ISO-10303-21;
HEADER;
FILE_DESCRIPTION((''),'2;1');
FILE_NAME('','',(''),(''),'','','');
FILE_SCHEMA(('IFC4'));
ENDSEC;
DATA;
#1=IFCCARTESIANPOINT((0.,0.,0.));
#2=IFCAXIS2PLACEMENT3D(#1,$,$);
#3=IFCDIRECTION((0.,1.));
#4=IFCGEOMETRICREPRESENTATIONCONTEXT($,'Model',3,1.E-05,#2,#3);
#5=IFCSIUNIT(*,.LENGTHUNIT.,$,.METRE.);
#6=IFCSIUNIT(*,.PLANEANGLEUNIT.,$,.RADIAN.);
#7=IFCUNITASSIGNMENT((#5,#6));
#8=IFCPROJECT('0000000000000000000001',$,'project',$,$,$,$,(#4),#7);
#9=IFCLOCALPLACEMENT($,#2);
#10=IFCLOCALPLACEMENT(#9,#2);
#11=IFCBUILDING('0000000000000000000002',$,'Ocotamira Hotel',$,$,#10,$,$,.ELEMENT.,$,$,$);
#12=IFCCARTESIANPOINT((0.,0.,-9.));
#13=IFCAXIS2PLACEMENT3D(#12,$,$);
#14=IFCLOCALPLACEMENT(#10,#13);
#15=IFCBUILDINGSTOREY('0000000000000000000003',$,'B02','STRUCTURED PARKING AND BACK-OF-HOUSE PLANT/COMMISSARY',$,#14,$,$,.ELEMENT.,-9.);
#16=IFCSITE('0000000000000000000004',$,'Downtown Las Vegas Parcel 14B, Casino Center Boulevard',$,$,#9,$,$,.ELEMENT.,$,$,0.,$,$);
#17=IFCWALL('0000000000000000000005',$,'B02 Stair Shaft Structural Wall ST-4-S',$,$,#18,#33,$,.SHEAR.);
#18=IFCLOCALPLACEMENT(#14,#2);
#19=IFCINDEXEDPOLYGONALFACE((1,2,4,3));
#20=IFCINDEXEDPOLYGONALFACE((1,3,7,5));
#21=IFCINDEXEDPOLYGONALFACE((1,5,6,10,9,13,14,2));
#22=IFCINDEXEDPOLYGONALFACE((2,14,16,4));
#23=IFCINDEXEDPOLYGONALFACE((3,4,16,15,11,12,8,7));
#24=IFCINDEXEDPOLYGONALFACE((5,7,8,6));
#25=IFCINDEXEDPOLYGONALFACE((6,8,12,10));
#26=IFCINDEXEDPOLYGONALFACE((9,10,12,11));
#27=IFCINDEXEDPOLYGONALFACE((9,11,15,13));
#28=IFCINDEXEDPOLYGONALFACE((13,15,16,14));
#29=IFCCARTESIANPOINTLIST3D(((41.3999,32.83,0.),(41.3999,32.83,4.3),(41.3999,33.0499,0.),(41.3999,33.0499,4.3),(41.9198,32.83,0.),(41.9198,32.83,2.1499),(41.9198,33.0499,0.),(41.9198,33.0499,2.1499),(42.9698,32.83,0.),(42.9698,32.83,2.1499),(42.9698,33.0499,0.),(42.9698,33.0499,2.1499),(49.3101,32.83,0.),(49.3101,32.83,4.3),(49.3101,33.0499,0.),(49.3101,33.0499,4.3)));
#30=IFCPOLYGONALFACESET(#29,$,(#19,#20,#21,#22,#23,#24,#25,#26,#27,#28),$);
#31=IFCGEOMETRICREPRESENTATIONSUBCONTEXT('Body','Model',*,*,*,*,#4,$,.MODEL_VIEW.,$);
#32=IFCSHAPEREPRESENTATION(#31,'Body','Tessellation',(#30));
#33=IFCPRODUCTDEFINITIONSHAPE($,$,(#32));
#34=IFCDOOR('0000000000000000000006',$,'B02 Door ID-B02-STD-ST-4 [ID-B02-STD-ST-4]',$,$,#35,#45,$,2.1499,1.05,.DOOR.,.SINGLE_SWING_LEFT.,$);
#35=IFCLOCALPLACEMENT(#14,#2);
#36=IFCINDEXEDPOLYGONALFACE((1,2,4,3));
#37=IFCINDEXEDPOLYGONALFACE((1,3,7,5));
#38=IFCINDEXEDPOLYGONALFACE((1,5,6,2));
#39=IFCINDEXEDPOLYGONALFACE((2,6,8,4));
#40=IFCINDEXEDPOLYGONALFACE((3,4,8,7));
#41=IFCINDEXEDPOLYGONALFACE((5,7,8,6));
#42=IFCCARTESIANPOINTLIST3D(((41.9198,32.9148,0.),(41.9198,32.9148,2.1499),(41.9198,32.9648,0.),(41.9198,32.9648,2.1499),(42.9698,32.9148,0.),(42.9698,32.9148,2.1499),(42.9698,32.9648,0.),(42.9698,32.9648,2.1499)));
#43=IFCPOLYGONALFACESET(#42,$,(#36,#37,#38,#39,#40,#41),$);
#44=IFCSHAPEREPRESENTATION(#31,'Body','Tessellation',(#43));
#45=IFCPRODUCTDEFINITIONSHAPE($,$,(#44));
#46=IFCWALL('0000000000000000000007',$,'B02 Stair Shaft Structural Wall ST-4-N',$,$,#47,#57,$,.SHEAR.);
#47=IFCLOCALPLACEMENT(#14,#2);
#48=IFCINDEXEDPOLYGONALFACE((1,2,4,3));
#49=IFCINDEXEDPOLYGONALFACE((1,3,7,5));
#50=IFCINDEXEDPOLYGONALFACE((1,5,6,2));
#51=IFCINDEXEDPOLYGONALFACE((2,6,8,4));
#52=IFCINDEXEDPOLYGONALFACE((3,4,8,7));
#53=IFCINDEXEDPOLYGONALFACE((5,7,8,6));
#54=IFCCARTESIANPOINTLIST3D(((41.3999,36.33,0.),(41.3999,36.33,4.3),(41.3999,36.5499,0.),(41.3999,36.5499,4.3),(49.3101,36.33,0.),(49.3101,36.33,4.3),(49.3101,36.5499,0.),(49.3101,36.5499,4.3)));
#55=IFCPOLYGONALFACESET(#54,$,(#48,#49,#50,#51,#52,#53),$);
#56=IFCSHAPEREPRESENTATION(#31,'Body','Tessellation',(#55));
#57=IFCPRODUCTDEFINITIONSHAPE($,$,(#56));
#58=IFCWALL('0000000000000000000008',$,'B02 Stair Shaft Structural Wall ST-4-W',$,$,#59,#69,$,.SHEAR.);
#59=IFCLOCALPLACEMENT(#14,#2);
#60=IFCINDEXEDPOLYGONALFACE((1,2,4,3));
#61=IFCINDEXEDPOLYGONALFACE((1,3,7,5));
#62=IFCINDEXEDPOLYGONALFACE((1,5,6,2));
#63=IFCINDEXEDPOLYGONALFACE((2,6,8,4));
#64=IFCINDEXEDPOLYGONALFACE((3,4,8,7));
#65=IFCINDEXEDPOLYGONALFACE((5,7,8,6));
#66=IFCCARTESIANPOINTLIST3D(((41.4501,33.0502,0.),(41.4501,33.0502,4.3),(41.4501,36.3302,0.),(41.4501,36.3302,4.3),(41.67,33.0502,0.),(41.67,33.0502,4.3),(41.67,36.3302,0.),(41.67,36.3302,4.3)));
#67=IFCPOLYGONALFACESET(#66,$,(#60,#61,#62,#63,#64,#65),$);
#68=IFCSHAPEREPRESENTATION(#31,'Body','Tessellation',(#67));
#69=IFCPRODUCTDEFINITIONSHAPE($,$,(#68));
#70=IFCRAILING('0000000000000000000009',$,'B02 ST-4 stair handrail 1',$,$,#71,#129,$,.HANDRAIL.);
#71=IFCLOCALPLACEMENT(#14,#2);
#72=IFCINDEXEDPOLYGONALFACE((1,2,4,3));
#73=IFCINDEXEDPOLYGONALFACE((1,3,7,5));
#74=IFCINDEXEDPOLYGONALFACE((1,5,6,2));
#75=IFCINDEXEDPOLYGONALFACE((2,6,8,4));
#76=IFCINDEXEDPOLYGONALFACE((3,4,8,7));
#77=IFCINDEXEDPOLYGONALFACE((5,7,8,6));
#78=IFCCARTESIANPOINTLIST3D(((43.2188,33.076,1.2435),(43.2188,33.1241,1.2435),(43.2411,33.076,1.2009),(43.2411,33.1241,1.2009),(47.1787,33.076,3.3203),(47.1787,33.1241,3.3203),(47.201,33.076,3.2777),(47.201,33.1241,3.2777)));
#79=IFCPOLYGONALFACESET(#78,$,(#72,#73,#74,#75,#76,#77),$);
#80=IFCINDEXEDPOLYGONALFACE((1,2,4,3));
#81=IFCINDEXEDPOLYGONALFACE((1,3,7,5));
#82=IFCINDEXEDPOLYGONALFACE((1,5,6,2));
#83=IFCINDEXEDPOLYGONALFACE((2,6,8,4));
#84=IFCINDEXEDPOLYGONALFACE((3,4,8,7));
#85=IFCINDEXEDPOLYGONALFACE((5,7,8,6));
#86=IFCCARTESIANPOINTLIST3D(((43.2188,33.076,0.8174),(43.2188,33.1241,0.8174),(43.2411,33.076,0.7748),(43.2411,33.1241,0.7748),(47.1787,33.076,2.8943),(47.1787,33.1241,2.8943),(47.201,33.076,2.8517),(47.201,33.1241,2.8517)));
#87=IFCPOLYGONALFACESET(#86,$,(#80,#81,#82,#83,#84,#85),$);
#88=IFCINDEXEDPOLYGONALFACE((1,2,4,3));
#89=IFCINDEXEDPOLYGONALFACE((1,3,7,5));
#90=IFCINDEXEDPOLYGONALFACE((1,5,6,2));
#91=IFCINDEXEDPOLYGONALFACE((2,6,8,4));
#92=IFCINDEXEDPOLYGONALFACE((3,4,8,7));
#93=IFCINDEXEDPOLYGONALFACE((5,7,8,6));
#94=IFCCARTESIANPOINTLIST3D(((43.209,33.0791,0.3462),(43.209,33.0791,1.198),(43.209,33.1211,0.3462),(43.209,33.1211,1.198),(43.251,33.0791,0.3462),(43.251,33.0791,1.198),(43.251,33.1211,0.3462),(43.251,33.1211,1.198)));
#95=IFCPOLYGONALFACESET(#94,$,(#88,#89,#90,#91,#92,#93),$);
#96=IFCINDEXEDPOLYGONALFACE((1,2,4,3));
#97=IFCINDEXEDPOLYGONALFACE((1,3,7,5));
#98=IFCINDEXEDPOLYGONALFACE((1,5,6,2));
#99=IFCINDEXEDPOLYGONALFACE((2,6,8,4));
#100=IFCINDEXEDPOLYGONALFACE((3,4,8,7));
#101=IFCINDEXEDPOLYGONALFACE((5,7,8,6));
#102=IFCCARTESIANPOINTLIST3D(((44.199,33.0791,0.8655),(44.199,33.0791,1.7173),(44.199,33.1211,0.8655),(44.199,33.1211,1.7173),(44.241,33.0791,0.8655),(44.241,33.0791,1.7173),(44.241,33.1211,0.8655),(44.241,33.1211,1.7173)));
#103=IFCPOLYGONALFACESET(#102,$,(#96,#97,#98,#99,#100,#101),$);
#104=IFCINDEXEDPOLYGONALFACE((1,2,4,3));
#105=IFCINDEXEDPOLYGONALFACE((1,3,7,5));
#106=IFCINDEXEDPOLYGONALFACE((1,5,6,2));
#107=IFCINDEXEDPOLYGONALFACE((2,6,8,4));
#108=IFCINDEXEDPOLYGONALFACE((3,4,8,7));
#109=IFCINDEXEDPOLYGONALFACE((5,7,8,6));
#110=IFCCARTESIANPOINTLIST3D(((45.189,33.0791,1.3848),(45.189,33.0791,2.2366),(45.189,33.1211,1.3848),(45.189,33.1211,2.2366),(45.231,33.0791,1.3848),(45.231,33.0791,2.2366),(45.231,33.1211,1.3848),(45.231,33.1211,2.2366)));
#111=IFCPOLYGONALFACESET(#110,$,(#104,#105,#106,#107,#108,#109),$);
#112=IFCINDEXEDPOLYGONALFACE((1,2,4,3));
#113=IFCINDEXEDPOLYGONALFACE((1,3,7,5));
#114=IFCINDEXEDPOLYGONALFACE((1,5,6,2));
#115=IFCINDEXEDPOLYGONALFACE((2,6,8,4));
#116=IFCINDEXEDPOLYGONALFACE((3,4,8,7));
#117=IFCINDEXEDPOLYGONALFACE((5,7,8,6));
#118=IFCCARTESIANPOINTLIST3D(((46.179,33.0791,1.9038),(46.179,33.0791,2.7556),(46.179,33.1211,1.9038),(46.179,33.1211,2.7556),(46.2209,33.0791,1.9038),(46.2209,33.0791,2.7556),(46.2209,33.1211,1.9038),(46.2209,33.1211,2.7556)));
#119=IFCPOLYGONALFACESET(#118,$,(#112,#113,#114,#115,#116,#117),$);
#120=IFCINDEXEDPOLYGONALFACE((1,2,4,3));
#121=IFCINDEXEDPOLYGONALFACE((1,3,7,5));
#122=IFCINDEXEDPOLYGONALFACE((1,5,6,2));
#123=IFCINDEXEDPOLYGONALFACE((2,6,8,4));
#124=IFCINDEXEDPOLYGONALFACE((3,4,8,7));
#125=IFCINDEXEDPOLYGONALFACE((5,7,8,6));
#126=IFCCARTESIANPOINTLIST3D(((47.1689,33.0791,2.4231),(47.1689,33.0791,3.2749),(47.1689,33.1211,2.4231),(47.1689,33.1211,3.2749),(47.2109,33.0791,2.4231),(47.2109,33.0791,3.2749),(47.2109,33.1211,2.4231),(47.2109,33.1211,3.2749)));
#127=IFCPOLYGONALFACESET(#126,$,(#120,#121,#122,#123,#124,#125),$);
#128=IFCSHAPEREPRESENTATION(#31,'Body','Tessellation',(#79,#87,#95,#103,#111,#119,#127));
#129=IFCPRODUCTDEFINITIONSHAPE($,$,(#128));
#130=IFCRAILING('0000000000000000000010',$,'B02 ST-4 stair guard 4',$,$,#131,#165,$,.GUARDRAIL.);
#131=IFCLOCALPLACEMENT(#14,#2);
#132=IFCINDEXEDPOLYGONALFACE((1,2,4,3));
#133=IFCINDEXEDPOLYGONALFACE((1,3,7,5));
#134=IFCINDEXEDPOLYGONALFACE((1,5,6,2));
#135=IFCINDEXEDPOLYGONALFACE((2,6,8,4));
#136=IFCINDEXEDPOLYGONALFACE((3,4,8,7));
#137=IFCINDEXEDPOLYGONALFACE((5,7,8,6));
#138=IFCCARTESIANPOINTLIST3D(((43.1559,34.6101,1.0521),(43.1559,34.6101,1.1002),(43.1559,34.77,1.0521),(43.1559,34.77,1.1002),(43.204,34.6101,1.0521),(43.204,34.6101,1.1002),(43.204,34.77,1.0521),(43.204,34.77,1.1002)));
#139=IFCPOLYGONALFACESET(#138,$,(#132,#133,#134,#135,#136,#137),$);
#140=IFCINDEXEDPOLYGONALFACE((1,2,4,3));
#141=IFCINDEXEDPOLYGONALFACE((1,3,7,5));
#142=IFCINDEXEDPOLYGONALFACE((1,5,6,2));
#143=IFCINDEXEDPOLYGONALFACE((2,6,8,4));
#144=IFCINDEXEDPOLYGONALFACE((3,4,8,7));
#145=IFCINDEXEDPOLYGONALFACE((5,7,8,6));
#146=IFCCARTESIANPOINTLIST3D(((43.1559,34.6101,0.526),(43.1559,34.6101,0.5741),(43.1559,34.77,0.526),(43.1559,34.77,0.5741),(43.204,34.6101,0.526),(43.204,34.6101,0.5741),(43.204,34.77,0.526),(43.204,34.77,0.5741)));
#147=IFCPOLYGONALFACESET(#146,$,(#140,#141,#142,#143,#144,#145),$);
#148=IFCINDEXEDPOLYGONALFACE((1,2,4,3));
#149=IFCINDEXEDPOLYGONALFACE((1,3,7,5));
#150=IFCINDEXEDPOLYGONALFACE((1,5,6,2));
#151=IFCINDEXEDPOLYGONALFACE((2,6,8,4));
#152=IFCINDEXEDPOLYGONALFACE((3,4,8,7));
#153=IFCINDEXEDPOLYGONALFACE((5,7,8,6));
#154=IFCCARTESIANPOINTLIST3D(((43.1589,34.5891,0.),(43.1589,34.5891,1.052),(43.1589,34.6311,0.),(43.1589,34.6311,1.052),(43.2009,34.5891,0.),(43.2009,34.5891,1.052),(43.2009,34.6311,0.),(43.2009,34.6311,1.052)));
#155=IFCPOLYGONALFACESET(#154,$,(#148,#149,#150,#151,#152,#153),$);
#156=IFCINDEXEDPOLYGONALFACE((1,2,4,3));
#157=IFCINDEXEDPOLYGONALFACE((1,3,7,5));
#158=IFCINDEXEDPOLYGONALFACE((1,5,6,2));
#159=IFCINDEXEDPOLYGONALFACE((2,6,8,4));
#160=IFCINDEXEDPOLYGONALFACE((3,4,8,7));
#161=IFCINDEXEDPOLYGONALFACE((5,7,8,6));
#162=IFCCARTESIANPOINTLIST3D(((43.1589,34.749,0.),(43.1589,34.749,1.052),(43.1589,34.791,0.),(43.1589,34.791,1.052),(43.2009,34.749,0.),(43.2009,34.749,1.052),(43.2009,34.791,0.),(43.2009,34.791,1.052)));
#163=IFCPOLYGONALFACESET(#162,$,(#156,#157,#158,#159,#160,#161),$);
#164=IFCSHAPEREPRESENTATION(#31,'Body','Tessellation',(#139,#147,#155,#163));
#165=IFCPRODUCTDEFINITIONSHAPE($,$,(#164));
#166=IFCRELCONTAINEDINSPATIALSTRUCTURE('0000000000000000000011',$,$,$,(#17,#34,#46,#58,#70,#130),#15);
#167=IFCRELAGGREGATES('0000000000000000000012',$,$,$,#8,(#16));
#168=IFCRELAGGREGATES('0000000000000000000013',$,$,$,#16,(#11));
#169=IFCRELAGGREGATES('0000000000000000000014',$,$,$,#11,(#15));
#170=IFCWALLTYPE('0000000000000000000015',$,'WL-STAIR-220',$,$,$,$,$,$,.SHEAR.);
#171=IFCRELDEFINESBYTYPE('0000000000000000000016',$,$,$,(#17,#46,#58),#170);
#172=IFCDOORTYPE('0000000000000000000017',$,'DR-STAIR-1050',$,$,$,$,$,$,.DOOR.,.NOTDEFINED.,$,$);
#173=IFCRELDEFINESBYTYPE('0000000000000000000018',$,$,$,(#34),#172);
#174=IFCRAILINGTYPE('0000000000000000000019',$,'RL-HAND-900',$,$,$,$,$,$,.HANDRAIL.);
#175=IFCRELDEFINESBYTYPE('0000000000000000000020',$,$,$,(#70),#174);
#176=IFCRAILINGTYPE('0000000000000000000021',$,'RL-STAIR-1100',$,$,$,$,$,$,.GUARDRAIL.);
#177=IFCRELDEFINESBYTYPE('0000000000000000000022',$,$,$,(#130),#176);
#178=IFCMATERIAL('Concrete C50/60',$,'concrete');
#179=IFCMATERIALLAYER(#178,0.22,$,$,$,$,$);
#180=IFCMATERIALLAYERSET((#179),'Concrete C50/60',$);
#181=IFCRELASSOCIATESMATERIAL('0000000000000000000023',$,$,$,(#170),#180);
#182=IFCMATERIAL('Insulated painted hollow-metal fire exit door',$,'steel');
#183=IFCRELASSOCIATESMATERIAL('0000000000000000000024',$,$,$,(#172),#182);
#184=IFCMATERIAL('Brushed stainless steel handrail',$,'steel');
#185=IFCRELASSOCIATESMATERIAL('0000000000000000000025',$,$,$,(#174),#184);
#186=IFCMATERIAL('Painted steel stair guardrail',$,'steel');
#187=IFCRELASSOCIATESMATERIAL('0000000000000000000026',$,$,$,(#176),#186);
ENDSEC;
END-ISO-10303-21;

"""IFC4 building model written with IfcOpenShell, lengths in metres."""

from ifc_helpers import new_model, si_unit, direction, frame, frame_2d, origin, origin_2d, place, context, subcontext, project, spatial, rectangle, extrude, source, transform, mapped, material, layer, layer_set, type_object, element, fill, save


model = new_model("IFC4")

# Units and contexts
model_context = context("Model", 3, precision=1e-05, world=origin(), true_north=direction((0.0, 1.0)))
body_context = subcontext(model_context, "Body", "Model", "MODEL_VIEW")
ifc_project = project(units=[si_unit("LENGTHUNIT", "METRE"), si_unit("PLANEANGLEUNIT", "RADIAN")], contexts=[model_context])

# Site, building, storey
site_placement = place(None, origin())
site = spatial("IfcSite", under=ifc_project, at=site_placement, Name="Downtown Las Vegas Parcel 14B, Casino Center Boulevard", CompositionType="ELEMENT", RefElevation=0.0)
building_placement = place(site_placement, origin())
building = spatial("IfcBuilding", under=site, at=building_placement, Name="Ocotamira Hotel", CompositionType="ELEMENT")
storey_placement = place(building_placement, frame((0.0, 0.0, -9.0)))
storey = spatial("IfcBuildingStorey", under=building, at=storey_placement, Name="B02", Description="STRUCTURED PARKING AND BACK-OF-HOUSE PLANT/COMMISSARY", CompositionType="ELEMENT", Elevation=-9.0)

# Shared definitions
ifc_material_1 = material(Name="Concrete C50/60", Category="concrete")

# Wall, opening, door
ifc_layer_1 = layer(ifc_material_1, 0.22)
ifc_layer_set_1 = layer_set([ifc_layer_1], Name="Concrete C50/60")
wall_type_1 = type_object("IfcWallType", Name="WL-STAIR-220", PredefinedType="SHEAR", material=ifc_layer_set_1)
wall_1_placement = place(storey_placement, frame((41.3999, 32.9399, 0.0), z_axis=(0.0, 0.0, 1.0), x_axis=(1.0, 0.0, 0.0)))
wall_1 = element("IfcWall", 1, at=wall_1_placement, inside=storey, type_object=wall_type_1, Name="B02 Stair Shaft Structural Wall ST-4-S", PredefinedType="SHEAR", context=body_context, shape_type="SweptSolid", body=[
    extrude(rectangle(XDim=7.9102, YDim=0.22, at=frame_2d((3.9551, 0.0))), origin(), (0.0, 0.0, 1.0), 4.3),
])
opening_1_placement = place(wall_1_placement, frame((0.52, 0.0, 0.0)))
opening_1 = element("IfcOpeningElement", 2, at=opening_1_placement, cuts=wall_1, PredefinedType="OPENING", context=body_context, shape_type="SweptSolid", body=[
    extrude(rectangle(XDim=1.05, YDim=2.1499, at=frame_2d((0.5249, 1.075))), frame((0.0, 0.1201, 0.0), z_axis=(0.0, -1.0, 0.0), x_axis=(1.0, 0.0, 0.0)), (0.0, 0.0, 1.0), 0.24),
])
ifc_material_2 = material(Name="Insulated painted hollow-metal fire exit door", Category="steel")
door_type_1 = type_object("IfcDoorType", Name="DR-STAIR-1050", OperationType="NOTDEFINED", PredefinedType="DOOR", material=ifc_material_2)
shared_shape_1 = source(origin(), body_context, "Body", "SweptSolid", [
    extrude(rectangle(XDim=1.05, YDim=2.1499, at=frame_2d((0.5249, 1.075))), frame((0.0, 0.0249, 0.0), z_axis=(0.0, -1.0, 0.0), x_axis=(1.0, 0.0, 0.0)), (0.0, 0.0, 1.0), 0.05),
])
door_1_placement = place(opening_1_placement, origin())
door_1 = element("IfcDoor", 3, at=door_1_placement, inside=storey, type_object=door_type_1, Name="B02 Door ID-B02-STD-ST-4 [ID-B02-STD-ST-4]", OperationType="SINGLE_SWING_LEFT", OverallHeight=2.1499, OverallWidth=1.05, PredefinedType="DOOR", context=body_context, shape_type="MappedRepresentation", body=[
    mapped(shared_shape_1, transform((0.0, 0.0, 0.0), scale=1.0)),
])
fill(opening_1, door_1)

# Walls
wall_2_placement = place(storey_placement, frame((41.3999, 36.4399, 0.0), z_axis=(0.0, 0.0, 1.0), x_axis=(1.0, 0.0, 0.0)))
element("IfcWall", 4, at=wall_2_placement, inside=storey, type_object=wall_type_1, Name="B02 Stair Shaft Structural Wall ST-4-N", PredefinedType="SHEAR", context=body_context, shape_type="SweptSolid", body=[
    extrude(rectangle(XDim=7.9102, YDim=0.22, at=frame_2d((3.9551, 0.0))), origin(), (0.0, 0.0, 1.0), 4.3),
])
wall_3_placement = place(storey_placement, frame((41.5601, 33.05, 0.0), z_axis=(0.0, 0.0, 1.0), x_axis=(0.0, 1.0, 0.0)))
element("IfcWall", 5, at=wall_3_placement, inside=storey, type_object=wall_type_1, Name="B02 Stair Shaft Structural Wall ST-4-W", PredefinedType="SHEAR", context=body_context, shape_type="SweptSolid", body=[
    extrude(rectangle(XDim=3.28, YDim=0.22, at=frame_2d((1.6401, 0.0))), origin(), (0.0, 0.0, 1.0), 4.3),
])

# Railings
ifc_material_3 = material(Name="Brushed stainless steel handrail", Category="steel")
railing_type_1 = type_object("IfcRailingType", Name="RL-HAND-900", PredefinedType="HANDRAIL", material=ifc_material_3)
railing_1_placement = place(storey_placement, frame((43.23, 33.1001, 0.3462)))
element("IfcRailing", 6, at=railing_1_placement, inside=storey, type_object=railing_type_1, Name="B02 ST-4 stair handrail 1", PredefinedType="HANDRAIL", context=body_context, shape_type="SweptSolid", body=[
    extrude(rectangle(XDim=0.0481, YDim=0.0481, at=origin_2d()), frame((0.0, 0.0, 0.876), z_axis=(0.885589, 0.0, 0.46447), x_axis=(0.0, 1.0, 0.0)), (0.0, 0.0, 1.0), 4.4714),
    extrude(rectangle(XDim=0.0481, YDim=0.0481, at=origin_2d()), frame((0.0, 0.0, 0.45), z_axis=(0.885589, 0.0, 0.46447), x_axis=(0.0, 1.0, 0.0)), (0.0, 0.0, 1.0), 4.4714),
    extrude(rectangle(XDim=0.042, YDim=0.042, at=origin_2d()), origin(), (0.0, 0.0, 1.0), 0.8518),
    extrude(rectangle(XDim=0.042, YDim=0.042, at=origin_2d()), frame((0.99, 0.0, 0.5193)), (0.0, 0.0, 1.0), 0.8518),
    extrude(rectangle(XDim=0.042, YDim=0.042, at=origin_2d()), frame((1.98, 0.0, 1.0386)), (0.0, 0.0, 1.0), 0.8518),
    extrude(rectangle(XDim=0.042, YDim=0.042, at=origin_2d()), frame((2.97, 0.0, 1.5576)), (0.0, 0.0, 1.0), 0.8518),
    extrude(rectangle(XDim=0.042, YDim=0.042, at=origin_2d()), frame((3.96, 0.0, 2.0769)), (0.0, 0.0, 1.0), 0.8518),
])
ifc_material_4 = material(Name="Painted steel stair guardrail", Category="steel")
railing_type_2 = type_object("IfcRailingType", Name="RL-STAIR-1100", PredefinedType="GUARDRAIL", material=ifc_material_4)
railing_2_placement = place(storey_placement, frame((43.1799, 34.6101, 0.0)))
element("IfcRailing", 7, at=railing_2_placement, inside=storey, type_object=railing_type_2, Name="B02 ST-4 stair guard 4", PredefinedType="GUARDRAIL", context=body_context, shape_type="SweptSolid", body=[
    extrude(rectangle(XDim=0.0481, YDim=0.0481, at=origin_2d()), frame((0.0, 0.0, 1.0762), z_axis=(0.0, 1.0, 0.0), x_axis=(-1.0, 0.0, 0.0)), (0.0, 0.0, 1.0), 0.1599),
    extrude(rectangle(XDim=0.0481, YDim=0.0481, at=origin_2d()), frame((0.0, 0.0, 0.55), z_axis=(0.0, 1.0, 0.0), x_axis=(-1.0, 0.0, 0.0)), (0.0, 0.0, 1.0), 0.1599),
    extrude(rectangle(XDim=0.042, YDim=0.042, at=origin_2d()), origin(), (0.0, 0.0, 1.0), 1.052),
    extrude(rectangle(XDim=0.042, YDim=0.042, at=origin_2d()), frame((0.0, 0.1599, 0.0)), (0.0, 0.0, 1.0), 1.052),
])

save(model, "model.ifc")
